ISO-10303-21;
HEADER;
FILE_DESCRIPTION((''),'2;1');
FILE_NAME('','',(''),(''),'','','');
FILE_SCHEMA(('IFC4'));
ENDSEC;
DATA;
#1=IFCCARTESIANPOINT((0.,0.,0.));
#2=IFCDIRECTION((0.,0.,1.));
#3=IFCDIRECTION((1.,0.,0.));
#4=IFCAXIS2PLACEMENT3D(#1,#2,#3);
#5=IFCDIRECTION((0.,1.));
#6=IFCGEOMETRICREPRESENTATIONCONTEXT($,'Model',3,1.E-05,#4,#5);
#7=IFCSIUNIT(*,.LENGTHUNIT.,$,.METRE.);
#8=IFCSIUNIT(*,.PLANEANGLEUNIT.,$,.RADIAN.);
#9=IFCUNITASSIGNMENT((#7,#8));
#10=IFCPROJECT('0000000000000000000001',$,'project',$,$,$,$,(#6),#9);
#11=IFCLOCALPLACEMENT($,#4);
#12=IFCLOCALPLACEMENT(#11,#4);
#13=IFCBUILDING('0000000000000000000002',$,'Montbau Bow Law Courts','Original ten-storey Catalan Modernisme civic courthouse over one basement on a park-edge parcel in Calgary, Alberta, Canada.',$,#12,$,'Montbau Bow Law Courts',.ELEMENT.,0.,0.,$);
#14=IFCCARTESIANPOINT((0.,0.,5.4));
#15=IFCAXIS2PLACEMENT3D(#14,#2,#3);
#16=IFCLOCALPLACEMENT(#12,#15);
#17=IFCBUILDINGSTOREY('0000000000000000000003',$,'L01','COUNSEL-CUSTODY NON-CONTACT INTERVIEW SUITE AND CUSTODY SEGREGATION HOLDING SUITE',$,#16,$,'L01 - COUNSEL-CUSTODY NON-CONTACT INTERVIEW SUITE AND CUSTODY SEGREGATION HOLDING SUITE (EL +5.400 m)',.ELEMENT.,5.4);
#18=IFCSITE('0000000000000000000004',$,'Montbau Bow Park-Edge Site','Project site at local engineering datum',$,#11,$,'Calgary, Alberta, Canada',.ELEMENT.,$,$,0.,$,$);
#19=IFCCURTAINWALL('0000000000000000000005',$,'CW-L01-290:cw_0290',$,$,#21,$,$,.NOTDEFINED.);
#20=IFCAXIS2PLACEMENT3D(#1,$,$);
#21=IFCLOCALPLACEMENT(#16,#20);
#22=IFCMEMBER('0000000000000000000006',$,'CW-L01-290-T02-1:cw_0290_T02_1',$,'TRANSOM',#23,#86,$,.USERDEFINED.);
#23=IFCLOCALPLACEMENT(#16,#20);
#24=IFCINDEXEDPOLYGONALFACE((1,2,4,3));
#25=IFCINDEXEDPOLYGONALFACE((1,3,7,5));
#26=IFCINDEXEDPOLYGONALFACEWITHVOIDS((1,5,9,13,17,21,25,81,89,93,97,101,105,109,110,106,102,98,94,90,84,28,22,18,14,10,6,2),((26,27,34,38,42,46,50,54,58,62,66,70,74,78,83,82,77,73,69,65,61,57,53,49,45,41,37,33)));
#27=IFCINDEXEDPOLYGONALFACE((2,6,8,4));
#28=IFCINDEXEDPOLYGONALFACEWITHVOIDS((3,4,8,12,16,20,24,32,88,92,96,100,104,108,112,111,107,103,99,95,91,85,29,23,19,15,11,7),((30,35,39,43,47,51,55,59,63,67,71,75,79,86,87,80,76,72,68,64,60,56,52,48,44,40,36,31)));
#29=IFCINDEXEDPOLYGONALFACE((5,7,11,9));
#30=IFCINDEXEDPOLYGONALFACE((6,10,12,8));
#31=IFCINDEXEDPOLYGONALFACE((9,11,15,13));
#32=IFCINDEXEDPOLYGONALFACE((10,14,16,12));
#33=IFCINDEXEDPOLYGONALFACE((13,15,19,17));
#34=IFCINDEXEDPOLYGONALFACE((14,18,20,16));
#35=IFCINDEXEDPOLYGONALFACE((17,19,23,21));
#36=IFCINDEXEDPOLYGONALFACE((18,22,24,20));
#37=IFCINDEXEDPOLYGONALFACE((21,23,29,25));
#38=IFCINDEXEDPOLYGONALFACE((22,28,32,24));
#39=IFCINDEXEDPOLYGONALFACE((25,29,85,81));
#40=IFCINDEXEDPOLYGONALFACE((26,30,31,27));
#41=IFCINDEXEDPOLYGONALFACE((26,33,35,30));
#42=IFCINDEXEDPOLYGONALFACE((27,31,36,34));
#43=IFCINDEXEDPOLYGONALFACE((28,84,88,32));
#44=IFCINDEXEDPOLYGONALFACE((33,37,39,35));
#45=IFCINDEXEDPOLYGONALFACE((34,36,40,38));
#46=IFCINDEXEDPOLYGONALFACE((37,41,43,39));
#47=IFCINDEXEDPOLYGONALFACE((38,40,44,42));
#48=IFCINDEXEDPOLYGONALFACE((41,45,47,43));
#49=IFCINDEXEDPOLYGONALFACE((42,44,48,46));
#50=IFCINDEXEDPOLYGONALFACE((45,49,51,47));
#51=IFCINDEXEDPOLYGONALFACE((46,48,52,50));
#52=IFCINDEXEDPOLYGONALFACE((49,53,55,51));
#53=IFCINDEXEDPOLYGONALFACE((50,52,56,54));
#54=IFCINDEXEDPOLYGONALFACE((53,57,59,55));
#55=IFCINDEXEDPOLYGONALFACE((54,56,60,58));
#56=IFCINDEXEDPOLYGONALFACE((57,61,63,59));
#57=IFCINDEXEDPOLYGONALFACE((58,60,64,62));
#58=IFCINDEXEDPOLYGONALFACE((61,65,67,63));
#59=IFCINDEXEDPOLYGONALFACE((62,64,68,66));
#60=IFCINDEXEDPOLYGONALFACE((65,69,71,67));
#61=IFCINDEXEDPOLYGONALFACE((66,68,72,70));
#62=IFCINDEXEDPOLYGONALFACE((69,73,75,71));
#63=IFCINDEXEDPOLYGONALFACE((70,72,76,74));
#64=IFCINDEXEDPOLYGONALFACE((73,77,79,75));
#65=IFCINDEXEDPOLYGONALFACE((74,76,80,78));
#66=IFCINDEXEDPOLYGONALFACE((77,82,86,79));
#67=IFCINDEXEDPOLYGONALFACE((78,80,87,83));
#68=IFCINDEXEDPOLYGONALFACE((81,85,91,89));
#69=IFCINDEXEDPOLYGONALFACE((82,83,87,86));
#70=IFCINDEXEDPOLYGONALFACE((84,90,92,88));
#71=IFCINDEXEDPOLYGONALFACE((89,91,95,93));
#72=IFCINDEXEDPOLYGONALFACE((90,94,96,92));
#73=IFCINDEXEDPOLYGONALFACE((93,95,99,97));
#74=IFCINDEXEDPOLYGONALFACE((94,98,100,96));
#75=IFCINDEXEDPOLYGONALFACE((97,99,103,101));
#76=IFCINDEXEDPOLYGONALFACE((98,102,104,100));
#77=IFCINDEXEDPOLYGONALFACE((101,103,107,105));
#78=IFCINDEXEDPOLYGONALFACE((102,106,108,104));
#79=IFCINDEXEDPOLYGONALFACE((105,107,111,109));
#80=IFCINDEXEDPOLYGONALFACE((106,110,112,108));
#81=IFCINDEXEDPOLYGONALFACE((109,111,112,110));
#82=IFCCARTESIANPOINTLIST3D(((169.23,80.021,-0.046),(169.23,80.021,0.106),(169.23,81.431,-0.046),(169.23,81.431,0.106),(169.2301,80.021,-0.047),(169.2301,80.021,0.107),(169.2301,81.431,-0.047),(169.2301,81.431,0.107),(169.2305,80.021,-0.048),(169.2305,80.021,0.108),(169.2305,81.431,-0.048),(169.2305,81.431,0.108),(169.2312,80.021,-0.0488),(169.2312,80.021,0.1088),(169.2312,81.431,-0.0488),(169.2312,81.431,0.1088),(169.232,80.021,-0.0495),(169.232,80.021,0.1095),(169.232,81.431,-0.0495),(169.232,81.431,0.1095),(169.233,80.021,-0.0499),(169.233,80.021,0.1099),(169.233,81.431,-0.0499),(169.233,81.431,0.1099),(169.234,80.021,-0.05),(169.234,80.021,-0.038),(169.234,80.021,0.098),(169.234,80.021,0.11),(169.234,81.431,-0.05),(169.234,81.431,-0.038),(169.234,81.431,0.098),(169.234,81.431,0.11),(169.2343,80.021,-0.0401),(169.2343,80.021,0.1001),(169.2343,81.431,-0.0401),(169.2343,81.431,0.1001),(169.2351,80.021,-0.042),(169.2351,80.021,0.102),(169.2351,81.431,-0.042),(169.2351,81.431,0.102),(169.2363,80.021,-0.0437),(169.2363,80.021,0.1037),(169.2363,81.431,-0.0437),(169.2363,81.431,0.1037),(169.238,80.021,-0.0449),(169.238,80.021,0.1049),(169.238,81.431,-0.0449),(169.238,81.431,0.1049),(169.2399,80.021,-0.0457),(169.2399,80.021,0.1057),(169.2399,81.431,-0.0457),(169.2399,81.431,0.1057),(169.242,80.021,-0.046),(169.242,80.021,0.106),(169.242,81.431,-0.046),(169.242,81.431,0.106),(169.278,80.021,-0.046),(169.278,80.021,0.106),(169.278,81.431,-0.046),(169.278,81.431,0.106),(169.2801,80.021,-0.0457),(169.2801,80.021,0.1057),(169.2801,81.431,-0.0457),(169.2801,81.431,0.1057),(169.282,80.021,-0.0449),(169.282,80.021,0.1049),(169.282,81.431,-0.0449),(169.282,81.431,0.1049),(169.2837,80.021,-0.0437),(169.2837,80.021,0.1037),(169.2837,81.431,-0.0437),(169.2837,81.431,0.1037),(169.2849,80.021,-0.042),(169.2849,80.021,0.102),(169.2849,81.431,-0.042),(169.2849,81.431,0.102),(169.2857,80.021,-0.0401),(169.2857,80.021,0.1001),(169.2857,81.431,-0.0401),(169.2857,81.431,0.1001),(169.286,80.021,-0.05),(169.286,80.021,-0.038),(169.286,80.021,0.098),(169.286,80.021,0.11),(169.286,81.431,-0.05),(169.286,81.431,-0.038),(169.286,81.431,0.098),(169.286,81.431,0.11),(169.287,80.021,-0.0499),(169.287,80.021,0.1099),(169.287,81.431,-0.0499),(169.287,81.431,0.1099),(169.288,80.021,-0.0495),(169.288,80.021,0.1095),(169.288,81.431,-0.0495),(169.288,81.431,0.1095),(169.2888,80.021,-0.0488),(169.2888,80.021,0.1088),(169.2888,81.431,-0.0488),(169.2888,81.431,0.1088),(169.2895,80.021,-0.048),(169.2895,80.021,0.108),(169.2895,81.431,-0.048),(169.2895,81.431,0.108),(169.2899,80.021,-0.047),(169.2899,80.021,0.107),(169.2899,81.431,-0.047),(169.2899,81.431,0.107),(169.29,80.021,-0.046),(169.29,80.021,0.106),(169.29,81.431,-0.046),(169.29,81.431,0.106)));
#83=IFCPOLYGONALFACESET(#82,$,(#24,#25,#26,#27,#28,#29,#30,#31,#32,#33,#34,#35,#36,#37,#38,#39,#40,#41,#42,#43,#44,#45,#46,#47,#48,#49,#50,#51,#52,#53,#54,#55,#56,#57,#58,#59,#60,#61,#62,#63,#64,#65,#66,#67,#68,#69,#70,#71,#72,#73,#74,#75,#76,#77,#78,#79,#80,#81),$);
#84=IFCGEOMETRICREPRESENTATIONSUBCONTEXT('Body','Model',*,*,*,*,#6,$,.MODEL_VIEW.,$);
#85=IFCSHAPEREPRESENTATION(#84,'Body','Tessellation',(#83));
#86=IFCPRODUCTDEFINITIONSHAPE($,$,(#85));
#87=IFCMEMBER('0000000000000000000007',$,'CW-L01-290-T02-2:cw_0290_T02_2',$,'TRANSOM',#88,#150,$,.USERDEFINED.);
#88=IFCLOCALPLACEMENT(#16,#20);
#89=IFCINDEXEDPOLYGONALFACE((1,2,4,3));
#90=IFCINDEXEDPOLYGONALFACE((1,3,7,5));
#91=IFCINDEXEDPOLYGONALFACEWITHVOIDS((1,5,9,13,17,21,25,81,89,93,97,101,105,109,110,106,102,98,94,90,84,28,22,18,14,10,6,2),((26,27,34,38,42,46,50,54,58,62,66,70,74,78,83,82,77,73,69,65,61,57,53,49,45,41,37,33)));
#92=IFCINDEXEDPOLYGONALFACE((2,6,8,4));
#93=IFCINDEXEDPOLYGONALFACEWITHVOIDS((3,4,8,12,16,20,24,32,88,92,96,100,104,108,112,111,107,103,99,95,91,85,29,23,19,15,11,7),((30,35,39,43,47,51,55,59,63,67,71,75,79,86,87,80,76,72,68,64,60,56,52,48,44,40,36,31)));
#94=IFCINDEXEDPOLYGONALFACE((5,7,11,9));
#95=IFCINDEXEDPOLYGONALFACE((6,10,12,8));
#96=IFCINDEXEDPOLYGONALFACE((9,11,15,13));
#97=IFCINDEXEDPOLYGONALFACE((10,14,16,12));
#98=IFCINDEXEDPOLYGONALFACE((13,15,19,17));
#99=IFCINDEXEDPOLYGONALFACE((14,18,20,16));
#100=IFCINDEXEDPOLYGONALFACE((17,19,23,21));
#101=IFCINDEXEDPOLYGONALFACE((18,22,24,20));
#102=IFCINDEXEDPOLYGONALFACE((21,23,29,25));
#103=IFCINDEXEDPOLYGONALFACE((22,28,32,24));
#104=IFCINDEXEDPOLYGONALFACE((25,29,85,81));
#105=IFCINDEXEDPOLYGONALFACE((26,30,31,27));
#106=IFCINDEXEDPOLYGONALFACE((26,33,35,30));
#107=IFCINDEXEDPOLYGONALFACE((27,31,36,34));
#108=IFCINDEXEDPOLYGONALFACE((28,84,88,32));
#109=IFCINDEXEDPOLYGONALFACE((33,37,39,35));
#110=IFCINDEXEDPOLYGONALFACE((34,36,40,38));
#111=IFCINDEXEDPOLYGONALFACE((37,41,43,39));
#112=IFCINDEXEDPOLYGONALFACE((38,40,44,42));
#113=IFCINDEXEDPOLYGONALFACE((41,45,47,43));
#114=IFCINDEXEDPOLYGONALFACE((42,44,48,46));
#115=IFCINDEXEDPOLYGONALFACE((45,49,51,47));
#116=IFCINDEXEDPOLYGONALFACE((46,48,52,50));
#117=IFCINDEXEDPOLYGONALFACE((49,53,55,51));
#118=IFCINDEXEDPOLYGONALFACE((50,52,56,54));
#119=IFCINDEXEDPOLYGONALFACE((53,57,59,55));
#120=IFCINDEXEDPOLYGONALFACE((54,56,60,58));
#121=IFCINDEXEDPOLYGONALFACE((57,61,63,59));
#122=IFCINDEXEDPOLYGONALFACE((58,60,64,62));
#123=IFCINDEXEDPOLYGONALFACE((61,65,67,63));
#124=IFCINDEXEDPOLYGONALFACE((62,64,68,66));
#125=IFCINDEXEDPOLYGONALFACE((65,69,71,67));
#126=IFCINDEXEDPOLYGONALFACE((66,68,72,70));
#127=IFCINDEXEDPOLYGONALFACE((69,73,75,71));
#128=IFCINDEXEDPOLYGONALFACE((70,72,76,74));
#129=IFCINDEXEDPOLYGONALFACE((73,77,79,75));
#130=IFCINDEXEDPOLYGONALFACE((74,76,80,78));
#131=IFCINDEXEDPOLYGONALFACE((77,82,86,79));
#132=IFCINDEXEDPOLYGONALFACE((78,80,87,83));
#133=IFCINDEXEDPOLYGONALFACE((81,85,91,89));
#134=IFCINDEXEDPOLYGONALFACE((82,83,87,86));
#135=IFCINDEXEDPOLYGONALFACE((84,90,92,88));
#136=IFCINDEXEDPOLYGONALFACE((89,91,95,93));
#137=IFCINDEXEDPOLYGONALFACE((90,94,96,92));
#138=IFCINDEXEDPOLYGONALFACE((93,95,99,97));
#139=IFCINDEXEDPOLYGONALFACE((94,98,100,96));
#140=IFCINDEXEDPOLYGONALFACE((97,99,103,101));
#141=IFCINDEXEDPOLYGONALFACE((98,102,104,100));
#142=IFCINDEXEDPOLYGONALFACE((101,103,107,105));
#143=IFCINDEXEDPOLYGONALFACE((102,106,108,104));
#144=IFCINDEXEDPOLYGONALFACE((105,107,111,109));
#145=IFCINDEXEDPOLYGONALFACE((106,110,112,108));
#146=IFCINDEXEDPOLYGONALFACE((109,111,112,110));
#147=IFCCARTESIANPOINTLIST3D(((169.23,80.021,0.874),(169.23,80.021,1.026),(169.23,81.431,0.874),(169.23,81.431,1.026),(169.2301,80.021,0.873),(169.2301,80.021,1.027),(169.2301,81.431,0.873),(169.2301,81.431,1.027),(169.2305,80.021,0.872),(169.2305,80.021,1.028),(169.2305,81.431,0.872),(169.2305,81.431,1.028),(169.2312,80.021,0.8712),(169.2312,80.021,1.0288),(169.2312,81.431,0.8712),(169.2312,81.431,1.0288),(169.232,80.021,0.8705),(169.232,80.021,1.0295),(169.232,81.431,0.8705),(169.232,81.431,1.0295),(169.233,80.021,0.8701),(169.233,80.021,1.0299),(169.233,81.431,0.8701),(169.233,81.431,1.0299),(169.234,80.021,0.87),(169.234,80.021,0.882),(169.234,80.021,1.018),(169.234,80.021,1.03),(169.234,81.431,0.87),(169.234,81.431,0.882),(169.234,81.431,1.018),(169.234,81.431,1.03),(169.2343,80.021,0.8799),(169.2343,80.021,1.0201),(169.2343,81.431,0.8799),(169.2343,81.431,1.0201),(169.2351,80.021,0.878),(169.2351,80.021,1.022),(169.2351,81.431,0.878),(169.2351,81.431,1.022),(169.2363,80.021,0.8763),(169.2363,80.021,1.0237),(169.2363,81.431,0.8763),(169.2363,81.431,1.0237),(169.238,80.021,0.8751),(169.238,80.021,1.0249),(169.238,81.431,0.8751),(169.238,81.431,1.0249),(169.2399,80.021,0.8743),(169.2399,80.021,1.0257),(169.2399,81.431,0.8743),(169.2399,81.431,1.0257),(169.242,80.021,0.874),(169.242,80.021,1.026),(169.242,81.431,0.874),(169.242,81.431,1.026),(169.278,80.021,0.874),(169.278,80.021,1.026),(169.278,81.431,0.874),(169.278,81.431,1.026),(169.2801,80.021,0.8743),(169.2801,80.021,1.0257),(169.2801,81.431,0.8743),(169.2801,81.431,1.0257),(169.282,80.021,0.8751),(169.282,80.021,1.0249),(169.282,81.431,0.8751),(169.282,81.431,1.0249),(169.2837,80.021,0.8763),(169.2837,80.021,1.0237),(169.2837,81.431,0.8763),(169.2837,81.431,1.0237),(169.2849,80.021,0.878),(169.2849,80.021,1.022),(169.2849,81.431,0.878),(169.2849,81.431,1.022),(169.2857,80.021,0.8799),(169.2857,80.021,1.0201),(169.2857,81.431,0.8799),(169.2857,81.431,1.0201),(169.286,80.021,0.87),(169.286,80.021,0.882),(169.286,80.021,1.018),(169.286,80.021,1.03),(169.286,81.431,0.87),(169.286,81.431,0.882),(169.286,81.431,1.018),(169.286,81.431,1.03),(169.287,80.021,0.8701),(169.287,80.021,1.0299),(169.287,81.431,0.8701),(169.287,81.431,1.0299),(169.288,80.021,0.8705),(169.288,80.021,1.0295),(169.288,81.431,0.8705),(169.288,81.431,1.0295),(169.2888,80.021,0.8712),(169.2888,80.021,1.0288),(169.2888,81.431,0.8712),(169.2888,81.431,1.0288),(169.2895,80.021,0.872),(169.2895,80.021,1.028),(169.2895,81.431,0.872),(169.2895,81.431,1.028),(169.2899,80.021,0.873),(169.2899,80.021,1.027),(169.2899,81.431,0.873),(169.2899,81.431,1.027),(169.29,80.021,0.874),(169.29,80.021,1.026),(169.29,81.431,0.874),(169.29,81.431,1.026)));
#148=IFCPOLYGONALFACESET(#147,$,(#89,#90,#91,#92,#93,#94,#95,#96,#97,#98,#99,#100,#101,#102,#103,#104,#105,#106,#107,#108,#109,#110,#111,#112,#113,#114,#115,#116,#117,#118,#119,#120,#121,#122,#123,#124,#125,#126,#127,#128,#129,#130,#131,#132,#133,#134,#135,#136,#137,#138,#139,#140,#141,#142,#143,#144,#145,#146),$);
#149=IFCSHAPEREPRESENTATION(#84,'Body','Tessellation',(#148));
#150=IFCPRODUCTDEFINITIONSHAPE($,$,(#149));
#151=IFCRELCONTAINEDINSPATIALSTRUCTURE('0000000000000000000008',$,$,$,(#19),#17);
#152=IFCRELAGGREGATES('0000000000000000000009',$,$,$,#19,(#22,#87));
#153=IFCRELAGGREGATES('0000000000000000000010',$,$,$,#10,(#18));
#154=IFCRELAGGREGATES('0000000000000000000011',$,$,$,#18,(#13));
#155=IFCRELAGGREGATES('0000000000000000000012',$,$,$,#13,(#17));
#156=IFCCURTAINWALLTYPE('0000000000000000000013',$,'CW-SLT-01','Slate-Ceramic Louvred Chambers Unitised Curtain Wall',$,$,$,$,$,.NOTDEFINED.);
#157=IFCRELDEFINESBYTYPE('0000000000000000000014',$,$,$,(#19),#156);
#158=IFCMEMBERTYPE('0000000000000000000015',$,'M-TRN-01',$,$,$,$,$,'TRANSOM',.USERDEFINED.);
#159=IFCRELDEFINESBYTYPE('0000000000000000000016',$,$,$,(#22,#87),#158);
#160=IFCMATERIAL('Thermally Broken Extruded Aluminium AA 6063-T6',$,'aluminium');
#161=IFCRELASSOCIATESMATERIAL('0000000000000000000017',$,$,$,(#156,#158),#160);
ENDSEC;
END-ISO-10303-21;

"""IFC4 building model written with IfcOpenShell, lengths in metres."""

from ifc_helpers import new_model, si_unit, direction, frame, origin_with_axes, origin_2d_with_axis, place, context, subcontext, project, spatial, hollow_rectangle, extrude, material, material_profile, profile_set, type_object, element, aggregate, save


model = new_model("IFC4")

# Units and contexts
model_context = context("Model", 3, precision=1e-05, world=origin_with_axes(), true_north=direction((0.0, 1.0)))
body_context = subcontext(model_context, "Body", "Model", "MODEL_VIEW")
ifc_project = project(units=[si_unit("LENGTHUNIT", "METRE"), si_unit("PLANEANGLEUNIT", "RADIAN")], contexts=[model_context])

# Site, building, storey
site_placement = place(None, origin_with_axes())
site = spatial("IfcSite", under=ifc_project, at=site_placement, Name="Montbau Bow Park-Edge Site", Description="Project site at local engineering datum", LongName="Calgary, Alberta, Canada", CompositionType="ELEMENT", RefElevation=0.0)
building_placement = place(site_placement, origin_with_axes())
building = spatial("IfcBuilding", under=site, at=building_placement, Name="Montbau Bow Law Courts", Description="Original ten-storey Catalan Modernisme civic courthouse over one basement on a park-edge parcel in Calgary, Alberta, Canada.", LongName="Montbau Bow Law Courts", CompositionType="ELEMENT", ElevationOfRefHeight=0.0, ElevationOfTerrain=0.0)
storey_placement = place(building_placement, frame((0.0, 0.0, 5.4), z_axis=(0.0, 0.0, 1.0), x_axis=(1.0, 0.0, 0.0)))
storey = spatial("IfcBuildingStorey", under=building, at=storey_placement, Name="L01", Description="COUNSEL-CUSTODY NON-CONTACT INTERVIEW SUITE AND CUSTODY SEGREGATION HOLDING SUITE", LongName="L01 - COUNSEL-CUSTODY NON-CONTACT INTERVIEW SUITE AND CUSTODY SEGREGATION HOLDING SUITE (EL +5.400 m)", CompositionType="ELEMENT", Elevation=5.4)

# Curtain wall, members
ifc_material_1 = material(Name="Thermally Broken Extruded Aluminium AA 6063-T6", Category="aluminium")
curtain_wall_type = type_object("IfcCurtainWallType", Name="CW-SLT-01", Description="Slate-Ceramic Louvred Chambers Unitised Curtain Wall", PredefinedType="NOTDEFINED", material=ifc_material_1)
curtain_wall_placement = place(None, frame((169.26, 78.515, 5.4), z_axis=(0.0, 0.0, 1.0), x_axis=(1.0, 0.0, 0.0)))
curtain_wall = element("IfcCurtainWall", 1, at=curtain_wall_placement, inside=storey, type_object=curtain_wall_type, Name="CW-L01-290:cw_0290", PredefinedType="NOTDEFINED")
ifc_material_profile_1 = material_profile(ifc_material_1, hollow_rectangle(XDim=0.06, YDim=0.16, WallThickness=0.004, InnerFilletRadius=0.008, OuterFilletRadius=0.004, at=origin_2d_with_axis()), Name="CWT-160X60", Category="Main", Priority=0)
ifc_profile_set_1 = profile_set([ifc_material_profile_1], Name="Thermally Broken Extruded Aluminium AA 6063-T6")
member_type_1 = type_object("IfcMemberType", Name="M-TRN-01", ElementType="TRANSOM", PredefinedType="USERDEFINED", material=ifc_profile_set_1)
member_1_placement = place(None, frame((169.26, 80.021, 5.43), z_axis=(0.0, 1.0, 0.0), x_axis=(-1.0, 0.0, 0.0)))
member_1 = element("IfcMember", 2, at=member_1_placement, type_object=member_type_1, Name="CW-L01-290-T02-1:cw_0290_T02_1", ObjectType="TRANSOM", PredefinedType="USERDEFINED", context=body_context, shape_type="SweptSolid", body=[
    extrude(hollow_rectangle(XDim=0.06, YDim=0.16, WallThickness=0.004, InnerFilletRadius=0.008, OuterFilletRadius=0.004, at=origin_2d_with_axis()), origin_with_axes(), (0.0, 0.0, 1.0), 1.41),
])
member_2_placement = place(None, frame((169.26, 80.021, 6.35), z_axis=(0.0, 1.0, 0.0), x_axis=(-1.0, 0.0, 0.0)))
member_2 = element("IfcMember", 3, at=member_2_placement, type_object=member_type_1, Name="CW-L01-290-T02-2:cw_0290_T02_2", ObjectType="TRANSOM", PredefinedType="USERDEFINED", context=body_context, shape_type="SweptSolid", body=[
    extrude(hollow_rectangle(XDim=0.06, YDim=0.16, WallThickness=0.004, InnerFilletRadius=0.008, OuterFilletRadius=0.004, at=origin_2d_with_axis()), origin_with_axes(), (0.0, 0.0, 1.0), 1.41),
])
aggregate(curtain_wall, [member_1, member_2])

save(model, "model.ifc")
